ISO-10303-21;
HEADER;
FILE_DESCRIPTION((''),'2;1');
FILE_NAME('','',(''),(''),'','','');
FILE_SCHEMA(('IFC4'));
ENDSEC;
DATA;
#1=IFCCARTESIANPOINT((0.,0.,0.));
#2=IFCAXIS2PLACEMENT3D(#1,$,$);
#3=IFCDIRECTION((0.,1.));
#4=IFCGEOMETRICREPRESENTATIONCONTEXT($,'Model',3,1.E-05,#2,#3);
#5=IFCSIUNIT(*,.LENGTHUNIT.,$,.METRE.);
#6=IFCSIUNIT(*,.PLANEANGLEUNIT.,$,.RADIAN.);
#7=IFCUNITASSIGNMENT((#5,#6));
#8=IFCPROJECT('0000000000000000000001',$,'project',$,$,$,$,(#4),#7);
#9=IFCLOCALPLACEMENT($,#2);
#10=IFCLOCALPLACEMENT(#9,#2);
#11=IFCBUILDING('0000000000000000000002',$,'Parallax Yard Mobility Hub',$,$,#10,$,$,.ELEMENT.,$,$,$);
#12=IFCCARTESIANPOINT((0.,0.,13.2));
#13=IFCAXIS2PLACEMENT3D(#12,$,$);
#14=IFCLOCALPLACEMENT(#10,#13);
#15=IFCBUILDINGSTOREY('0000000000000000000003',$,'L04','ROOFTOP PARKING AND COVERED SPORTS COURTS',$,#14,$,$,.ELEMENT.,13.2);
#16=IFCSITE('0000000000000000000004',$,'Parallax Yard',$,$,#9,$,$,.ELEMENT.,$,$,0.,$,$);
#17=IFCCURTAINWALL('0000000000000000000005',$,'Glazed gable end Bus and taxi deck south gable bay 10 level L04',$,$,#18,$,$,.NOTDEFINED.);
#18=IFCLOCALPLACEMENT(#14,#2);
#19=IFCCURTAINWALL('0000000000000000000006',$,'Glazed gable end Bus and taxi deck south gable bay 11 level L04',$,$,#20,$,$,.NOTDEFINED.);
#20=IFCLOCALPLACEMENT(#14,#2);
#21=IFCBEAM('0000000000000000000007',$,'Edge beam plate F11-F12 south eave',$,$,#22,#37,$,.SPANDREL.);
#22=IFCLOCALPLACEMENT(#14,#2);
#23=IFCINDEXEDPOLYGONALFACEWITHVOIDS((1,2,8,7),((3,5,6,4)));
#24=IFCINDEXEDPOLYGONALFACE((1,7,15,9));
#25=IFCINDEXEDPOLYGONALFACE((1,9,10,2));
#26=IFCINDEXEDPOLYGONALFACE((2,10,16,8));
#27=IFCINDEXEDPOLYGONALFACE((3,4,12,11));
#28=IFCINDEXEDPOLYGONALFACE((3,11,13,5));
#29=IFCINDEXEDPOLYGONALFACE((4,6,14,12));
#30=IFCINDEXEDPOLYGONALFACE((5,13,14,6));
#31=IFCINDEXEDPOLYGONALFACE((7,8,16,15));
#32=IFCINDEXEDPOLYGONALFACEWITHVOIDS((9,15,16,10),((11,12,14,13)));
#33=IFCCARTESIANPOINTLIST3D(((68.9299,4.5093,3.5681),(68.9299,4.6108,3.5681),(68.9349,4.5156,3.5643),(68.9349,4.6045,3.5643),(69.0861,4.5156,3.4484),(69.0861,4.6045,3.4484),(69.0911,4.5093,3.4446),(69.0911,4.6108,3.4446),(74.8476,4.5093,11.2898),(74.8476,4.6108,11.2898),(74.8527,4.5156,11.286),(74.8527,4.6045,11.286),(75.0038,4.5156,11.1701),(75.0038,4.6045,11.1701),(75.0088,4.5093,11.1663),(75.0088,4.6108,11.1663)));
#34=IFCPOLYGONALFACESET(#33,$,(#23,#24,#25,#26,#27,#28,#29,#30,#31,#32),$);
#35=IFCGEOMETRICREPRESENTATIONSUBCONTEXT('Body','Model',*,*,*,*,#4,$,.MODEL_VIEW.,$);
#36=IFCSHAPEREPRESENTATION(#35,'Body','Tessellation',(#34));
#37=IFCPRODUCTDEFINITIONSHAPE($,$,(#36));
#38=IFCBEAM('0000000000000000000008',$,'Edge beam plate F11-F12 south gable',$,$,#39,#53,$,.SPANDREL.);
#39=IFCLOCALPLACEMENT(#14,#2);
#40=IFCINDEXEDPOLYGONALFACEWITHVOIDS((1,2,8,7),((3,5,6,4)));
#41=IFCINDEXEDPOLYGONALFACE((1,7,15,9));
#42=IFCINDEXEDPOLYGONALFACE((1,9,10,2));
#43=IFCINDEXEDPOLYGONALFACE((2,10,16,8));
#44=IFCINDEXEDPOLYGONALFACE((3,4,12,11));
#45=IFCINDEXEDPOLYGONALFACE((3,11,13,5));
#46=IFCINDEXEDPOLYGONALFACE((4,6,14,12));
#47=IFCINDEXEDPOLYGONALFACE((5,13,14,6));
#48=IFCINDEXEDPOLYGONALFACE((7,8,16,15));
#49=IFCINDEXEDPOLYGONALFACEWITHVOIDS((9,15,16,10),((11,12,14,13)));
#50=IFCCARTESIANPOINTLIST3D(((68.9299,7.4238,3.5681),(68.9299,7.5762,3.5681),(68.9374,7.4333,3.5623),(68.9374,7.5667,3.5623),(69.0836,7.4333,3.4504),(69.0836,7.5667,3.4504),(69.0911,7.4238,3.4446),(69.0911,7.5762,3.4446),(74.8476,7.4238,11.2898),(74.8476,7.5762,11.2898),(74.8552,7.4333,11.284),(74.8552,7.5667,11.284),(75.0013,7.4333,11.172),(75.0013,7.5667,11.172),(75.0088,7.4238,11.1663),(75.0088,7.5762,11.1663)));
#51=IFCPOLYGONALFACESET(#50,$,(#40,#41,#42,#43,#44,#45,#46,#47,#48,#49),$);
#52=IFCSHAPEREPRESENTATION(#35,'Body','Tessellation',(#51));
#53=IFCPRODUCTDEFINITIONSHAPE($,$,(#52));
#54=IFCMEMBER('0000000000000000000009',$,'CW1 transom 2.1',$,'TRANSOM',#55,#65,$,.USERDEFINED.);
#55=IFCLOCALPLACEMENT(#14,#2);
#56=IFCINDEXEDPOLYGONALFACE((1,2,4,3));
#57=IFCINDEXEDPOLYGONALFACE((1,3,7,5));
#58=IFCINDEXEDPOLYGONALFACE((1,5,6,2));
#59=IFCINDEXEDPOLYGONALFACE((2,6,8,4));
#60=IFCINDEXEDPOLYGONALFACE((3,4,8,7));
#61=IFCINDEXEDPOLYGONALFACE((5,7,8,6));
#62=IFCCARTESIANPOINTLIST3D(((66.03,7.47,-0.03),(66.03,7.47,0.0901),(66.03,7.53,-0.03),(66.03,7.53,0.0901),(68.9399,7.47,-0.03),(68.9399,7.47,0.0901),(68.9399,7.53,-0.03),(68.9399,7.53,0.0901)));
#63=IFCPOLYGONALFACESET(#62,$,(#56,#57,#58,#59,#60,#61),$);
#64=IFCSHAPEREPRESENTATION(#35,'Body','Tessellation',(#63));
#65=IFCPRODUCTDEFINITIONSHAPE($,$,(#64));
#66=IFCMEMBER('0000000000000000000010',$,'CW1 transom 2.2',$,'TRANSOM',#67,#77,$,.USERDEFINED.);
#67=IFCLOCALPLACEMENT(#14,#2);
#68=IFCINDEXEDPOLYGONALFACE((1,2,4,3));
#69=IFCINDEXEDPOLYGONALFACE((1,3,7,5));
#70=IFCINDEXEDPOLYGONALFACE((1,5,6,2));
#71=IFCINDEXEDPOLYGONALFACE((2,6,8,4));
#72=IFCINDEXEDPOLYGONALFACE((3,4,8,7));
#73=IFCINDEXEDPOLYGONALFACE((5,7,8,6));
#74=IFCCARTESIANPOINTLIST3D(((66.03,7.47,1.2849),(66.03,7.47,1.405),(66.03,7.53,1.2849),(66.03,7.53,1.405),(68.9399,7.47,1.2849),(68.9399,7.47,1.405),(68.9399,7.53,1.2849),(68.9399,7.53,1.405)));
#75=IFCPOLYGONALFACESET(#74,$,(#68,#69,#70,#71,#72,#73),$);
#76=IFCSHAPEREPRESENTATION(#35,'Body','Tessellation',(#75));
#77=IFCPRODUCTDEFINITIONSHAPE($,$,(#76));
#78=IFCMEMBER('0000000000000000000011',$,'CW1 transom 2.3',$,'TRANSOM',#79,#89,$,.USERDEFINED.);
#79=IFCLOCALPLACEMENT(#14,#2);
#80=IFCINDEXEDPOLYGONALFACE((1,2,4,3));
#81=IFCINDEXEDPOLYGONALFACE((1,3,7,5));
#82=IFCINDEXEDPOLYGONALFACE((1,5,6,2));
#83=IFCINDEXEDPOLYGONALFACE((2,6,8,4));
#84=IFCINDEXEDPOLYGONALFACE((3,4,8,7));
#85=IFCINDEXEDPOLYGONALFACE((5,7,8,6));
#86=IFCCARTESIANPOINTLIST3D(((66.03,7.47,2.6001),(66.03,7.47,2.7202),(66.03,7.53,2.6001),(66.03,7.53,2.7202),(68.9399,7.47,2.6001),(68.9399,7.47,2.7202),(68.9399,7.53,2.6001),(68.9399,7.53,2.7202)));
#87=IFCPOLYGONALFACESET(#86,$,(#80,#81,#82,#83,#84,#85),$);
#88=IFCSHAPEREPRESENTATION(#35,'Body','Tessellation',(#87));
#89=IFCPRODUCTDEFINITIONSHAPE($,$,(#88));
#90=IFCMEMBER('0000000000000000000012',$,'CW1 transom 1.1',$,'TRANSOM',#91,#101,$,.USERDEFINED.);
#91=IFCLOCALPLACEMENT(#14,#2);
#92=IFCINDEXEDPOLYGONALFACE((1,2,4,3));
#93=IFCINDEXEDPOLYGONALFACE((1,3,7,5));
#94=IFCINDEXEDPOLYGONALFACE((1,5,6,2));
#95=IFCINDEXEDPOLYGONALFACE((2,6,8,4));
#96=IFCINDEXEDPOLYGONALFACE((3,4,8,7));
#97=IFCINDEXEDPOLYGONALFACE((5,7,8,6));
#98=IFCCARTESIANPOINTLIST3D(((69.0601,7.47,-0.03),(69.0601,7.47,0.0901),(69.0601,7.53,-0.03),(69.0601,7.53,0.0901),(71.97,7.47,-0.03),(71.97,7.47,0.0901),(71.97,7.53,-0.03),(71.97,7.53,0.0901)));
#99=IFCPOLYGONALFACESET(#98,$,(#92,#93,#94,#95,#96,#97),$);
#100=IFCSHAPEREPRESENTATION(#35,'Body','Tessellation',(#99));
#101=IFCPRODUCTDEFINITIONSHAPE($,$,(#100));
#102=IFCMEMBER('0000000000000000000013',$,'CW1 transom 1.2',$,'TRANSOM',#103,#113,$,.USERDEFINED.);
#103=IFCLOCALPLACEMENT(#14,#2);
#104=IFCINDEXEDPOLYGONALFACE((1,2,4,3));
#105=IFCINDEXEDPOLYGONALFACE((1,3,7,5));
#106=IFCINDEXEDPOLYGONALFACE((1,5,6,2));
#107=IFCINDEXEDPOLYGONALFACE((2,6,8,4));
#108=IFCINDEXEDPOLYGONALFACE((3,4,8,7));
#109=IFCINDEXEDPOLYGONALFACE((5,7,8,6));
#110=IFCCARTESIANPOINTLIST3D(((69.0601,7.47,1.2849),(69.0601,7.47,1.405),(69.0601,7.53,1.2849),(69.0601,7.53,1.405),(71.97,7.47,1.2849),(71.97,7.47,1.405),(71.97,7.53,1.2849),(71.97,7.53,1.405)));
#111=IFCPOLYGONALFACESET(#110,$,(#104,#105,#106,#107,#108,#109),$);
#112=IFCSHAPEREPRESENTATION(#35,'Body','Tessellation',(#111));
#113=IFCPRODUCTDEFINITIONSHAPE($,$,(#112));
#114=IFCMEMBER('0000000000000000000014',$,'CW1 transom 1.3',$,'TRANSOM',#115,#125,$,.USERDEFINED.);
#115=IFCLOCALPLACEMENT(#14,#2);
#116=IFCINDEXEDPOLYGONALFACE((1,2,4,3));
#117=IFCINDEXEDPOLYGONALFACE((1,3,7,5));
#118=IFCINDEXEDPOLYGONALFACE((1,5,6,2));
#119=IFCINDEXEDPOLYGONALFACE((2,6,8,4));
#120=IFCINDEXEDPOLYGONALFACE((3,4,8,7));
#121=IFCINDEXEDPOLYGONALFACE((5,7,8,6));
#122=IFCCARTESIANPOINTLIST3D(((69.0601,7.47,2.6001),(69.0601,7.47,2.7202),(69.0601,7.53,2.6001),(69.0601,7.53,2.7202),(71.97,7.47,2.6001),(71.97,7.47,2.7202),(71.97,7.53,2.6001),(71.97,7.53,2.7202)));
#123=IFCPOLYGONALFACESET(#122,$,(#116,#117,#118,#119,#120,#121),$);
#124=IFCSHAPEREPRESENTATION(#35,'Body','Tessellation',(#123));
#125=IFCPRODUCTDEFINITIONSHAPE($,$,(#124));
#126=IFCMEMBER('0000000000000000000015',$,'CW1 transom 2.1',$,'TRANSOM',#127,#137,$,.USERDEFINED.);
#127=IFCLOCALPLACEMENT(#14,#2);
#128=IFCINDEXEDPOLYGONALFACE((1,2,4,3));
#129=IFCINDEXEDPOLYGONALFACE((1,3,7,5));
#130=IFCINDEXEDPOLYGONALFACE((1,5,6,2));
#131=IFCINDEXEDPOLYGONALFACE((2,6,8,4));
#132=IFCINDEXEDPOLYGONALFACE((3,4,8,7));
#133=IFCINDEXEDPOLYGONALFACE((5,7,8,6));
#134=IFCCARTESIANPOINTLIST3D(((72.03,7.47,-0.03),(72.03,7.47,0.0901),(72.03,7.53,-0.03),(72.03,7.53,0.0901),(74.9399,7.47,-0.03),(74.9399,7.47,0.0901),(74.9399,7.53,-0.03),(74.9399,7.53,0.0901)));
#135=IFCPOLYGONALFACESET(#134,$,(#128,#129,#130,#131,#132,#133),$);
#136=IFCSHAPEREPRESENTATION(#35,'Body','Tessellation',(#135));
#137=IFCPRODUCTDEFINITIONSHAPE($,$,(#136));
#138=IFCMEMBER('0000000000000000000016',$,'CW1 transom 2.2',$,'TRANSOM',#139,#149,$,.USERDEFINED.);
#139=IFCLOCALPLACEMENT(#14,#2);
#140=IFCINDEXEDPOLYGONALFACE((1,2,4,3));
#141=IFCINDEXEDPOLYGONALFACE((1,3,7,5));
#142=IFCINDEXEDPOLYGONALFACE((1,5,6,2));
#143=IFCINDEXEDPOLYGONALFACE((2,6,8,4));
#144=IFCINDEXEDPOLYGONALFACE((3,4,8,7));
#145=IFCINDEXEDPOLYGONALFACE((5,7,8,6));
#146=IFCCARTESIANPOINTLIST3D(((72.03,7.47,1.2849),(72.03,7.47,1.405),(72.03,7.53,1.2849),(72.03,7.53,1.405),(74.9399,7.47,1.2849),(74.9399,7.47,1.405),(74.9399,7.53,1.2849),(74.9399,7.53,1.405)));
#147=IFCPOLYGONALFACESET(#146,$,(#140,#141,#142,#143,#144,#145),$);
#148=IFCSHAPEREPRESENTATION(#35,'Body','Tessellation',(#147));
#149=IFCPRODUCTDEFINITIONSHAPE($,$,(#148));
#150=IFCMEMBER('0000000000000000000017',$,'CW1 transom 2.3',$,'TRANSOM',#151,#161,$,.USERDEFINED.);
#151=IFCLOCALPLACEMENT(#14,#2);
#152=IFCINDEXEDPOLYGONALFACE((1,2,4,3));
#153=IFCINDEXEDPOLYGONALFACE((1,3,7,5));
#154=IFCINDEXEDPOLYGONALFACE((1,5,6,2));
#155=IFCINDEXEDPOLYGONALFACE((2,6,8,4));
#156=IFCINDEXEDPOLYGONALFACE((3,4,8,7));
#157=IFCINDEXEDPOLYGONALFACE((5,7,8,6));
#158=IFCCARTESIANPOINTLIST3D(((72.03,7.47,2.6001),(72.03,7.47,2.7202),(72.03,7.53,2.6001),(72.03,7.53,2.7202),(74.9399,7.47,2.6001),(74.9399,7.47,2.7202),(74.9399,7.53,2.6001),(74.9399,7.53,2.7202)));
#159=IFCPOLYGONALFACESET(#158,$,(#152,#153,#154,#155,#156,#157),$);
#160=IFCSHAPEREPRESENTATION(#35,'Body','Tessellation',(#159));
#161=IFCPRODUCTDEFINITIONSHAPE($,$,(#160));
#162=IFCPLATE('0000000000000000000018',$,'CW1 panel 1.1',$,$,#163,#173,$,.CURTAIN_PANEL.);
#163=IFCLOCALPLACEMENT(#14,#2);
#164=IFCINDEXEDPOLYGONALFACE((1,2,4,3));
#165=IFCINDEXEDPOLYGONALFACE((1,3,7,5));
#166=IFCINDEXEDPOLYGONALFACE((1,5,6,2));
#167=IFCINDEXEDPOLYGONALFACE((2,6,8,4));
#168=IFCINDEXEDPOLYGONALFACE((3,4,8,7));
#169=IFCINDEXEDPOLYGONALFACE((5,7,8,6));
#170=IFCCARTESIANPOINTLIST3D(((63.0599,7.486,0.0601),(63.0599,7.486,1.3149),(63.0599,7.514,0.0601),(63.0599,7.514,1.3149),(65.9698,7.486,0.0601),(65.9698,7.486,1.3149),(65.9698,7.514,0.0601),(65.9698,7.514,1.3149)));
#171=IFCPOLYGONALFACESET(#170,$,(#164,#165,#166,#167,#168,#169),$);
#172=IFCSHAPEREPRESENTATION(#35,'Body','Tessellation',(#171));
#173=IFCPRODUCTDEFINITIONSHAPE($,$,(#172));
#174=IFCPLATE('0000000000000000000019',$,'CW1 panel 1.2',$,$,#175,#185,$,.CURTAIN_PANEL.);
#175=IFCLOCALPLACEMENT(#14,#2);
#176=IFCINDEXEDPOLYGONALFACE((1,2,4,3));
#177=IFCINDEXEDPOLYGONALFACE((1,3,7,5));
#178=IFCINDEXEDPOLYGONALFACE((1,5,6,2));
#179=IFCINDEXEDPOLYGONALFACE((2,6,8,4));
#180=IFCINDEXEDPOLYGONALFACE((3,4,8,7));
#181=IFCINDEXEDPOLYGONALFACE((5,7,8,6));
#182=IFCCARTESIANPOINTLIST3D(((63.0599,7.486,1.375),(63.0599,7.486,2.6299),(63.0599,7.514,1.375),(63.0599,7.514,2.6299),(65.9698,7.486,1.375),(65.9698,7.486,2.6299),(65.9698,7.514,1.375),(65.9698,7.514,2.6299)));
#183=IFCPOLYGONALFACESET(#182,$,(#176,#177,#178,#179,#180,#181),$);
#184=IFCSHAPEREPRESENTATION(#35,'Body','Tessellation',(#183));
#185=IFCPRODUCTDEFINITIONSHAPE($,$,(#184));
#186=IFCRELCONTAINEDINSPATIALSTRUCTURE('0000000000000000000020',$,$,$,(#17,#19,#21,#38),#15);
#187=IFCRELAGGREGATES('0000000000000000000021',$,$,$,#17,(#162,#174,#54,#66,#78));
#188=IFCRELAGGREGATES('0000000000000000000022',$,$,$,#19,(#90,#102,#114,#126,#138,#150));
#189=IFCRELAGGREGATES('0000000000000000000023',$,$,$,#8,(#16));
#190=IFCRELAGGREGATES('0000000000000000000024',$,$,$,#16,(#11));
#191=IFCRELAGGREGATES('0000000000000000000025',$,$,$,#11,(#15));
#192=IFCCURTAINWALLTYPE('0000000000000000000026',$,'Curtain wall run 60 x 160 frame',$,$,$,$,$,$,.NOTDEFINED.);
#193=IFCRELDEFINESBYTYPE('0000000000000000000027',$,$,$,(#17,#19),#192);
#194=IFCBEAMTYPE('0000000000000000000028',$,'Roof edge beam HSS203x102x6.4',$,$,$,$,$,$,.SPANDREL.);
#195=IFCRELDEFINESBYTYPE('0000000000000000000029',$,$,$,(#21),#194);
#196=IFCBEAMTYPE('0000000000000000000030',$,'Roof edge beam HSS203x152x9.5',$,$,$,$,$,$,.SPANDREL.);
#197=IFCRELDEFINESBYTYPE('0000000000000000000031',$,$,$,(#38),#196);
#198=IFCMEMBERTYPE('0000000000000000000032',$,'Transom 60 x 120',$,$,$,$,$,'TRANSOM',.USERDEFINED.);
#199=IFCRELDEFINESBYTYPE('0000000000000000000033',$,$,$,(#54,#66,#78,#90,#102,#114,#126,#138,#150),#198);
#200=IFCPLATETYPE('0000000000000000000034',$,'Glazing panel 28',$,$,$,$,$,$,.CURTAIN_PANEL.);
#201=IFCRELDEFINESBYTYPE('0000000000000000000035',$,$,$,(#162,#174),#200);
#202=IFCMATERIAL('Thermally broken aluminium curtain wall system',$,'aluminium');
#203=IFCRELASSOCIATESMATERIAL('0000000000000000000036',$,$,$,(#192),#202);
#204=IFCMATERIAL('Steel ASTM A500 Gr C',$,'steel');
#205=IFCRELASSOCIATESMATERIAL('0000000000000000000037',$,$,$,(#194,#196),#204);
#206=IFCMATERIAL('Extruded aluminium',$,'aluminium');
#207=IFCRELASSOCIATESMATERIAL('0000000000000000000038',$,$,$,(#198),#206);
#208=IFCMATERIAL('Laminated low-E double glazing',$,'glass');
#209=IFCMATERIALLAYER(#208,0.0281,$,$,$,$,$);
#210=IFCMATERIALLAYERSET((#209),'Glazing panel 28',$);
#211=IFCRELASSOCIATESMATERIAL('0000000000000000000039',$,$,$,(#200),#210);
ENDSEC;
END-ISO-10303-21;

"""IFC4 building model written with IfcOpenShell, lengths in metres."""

from ifc_helpers import new_model, si_unit, direction, frame, origin, origin_2d, place, context, subcontext, project, spatial, rectangle, hollow_rectangle, extrude, material, layer, layer_set, material_profile, profile_set, type_object, element, aggregate, save


model = new_model("IFC4")

# Units and contexts
model_context = context("Model", 3, precision=1e-05, world=origin(), true_north=direction((0.0, 1.0)))
body_context = subcontext(model_context, "Body", "Model", "MODEL_VIEW")
ifc_project = project(units=[si_unit("LENGTHUNIT", "METRE"), si_unit("PLANEANGLEUNIT", "RADIAN")], contexts=[model_context])

# Site, building, storey
site_placement = place(None, origin())
site = spatial("IfcSite", under=ifc_project, at=site_placement, Name="Parallax Yard", CompositionType="ELEMENT", RefElevation=0.0)
building_placement = place(site_placement, origin())
building = spatial("IfcBuilding", under=site, at=building_placement, Name="Parallax Yard Mobility Hub", CompositionType="ELEMENT")
storey_placement = place(building_placement, frame((0.0, 0.0, 13.2)))
storey = spatial("IfcBuildingStorey", under=building, at=storey_placement, Name="L04", Description="ROOFTOP PARKING AND COVERED SPORTS COURTS", CompositionType="ELEMENT", Elevation=13.2)

# Shared definitions
ifc_material_1 = material(Name="Steel ASTM A500 Gr C", Category="steel")

# Curtain walls
ifc_material_2 = material(Name="Thermally broken aluminium curtain wall system", Category="aluminium")
curtain_wall_type = type_object("IfcCurtainWallType", Name="Curtain wall run 60 x 160 frame", PredefinedType="NOTDEFINED", material=ifc_material_2)
curtain_wall_1_placement = place(storey_placement, origin())
curtain_wall_1 = element("IfcCurtainWall", 1, at=curtain_wall_1_placement, inside=storey, type_object=curtain_wall_type, Name="Glazed gable end Bus and taxi deck south gable bay 10 level L04", PredefinedType="NOTDEFINED")
ifc_material_3 = material(Name="Extruded aluminium", Category="aluminium")
curtain_wall_2_placement = place(storey_placement, origin())
curtain_wall_2 = element("IfcCurtainWall", 2, at=curtain_wall_2_placement, inside=storey, type_object=curtain_wall_type, Name="Glazed gable end Bus and taxi deck south gable bay 11 level L04", PredefinedType="NOTDEFINED")

# Beams
ifc_material_profile_1 = material_profile(ifc_material_1, hollow_rectangle(XDim=0.1016, YDim=0.2031, WallThickness=0.0063, at=origin_2d()), Name="HSS203x102x6.4")
ifc_profile_set_1 = profile_set([ifc_material_profile_1], Name="Steel ASTM A500 Gr C")
beam_type_1 = type_object("IfcBeamType", Name="Roof edge beam HSS203x102x6.4", PredefinedType="SPANDREL", material=ifc_profile_set_1)
beam_1_placement = place(storey_placement, frame((69.0105, 4.5601, 3.5063), z_axis=(0.608287, 0.0, 0.793717), x_axis=(0.0, 1.0, 0.0)))
element("IfcBeam", 3, at=beam_1_placement, inside=storey, type_object=beam_type_1, Name="Edge beam plate F11-F12 south eave", PredefinedType="SPANDREL", context=body_context, shape_type="SweptSolid", body=[
    extrude(hollow_rectangle(XDim=0.1016, YDim=0.2031, WallThickness=0.0063, at=origin_2d()), origin(), (0.0, 0.0, 1.0), 9.7285),
])
ifc_material_profile_2 = material_profile(ifc_material_1, hollow_rectangle(XDim=0.1523, YDim=0.2031, WallThickness=0.0095, at=origin_2d()), Name="HSS203x152x9.5")
ifc_profile_set_2 = profile_set([ifc_material_profile_2], Name="Steel ASTM A500 Gr C")
beam_type_2 = type_object("IfcBeamType", Name="Roof edge beam HSS203x152x9.5", PredefinedType="SPANDREL", material=ifc_profile_set_2)
beam_2_placement = place(storey_placement, frame((69.0105, 7.5, 3.5063), z_axis=(0.608287, 0.0, 0.793717), x_axis=(0.0, 1.0, 0.0)))
element("IfcBeam", 4, at=beam_2_placement, inside=storey, type_object=beam_type_2, Name="Edge beam plate F11-F12 south gable", PredefinedType="SPANDREL", context=body_context, shape_type="SweptSolid", body=[
    extrude(hollow_rectangle(XDim=0.1523, YDim=0.2031, WallThickness=0.0095, at=origin_2d()), origin(), (0.0, 0.0, 1.0), 9.7285),
])

# Members
ifc_material_profile_3 = material_profile(ifc_material_3, rectangle(XDim=0.0601, YDim=0.1201, at=origin_2d()), Name="Transom 60 x 120")
ifc_profile_set_3 = profile_set([ifc_material_profile_3], Name="Extruded aluminium")
member_type_1 = type_object("IfcMemberType", Name="Transom 60 x 120", ElementType="TRANSOM", PredefinedType="USERDEFINED", material=ifc_profile_set_3)
member_1_placement = place(storey_placement, frame((66.03, 7.5, 0.03), z_axis=(1.0, 0.0, 0.0), x_axis=(0.0, 1.0, 0.0)))
member_1 = element("IfcMember", 5, at=member_1_placement, type_object=member_type_1, Name="CW1 transom 2.1", ObjectType="TRANSOM", PredefinedType="USERDEFINED", context=body_context, shape_type="SweptSolid", body=[
    extrude(rectangle(XDim=0.0601, YDim=0.1201, at=origin_2d()), origin(), (0.0, 0.0, 1.0), 2.9099),
])
member_2_placement = place(storey_placement, frame((66.03, 7.5, 1.345), z_axis=(1.0, 0.0, 0.0), x_axis=(0.0, 1.0, 0.0)))
member_2 = element("IfcMember", 6, at=member_2_placement, type_object=member_type_1, Name="CW1 transom 2.2", ObjectType="TRANSOM", PredefinedType="USERDEFINED", context=body_context, shape_type="SweptSolid", body=[
    extrude(rectangle(XDim=0.0601, YDim=0.1201, at=origin_2d()), origin(), (0.0, 0.0, 1.0), 2.9099),
])
member_3_placement = place(storey_placement, frame((66.03, 7.5, 2.6602), z_axis=(1.0, 0.0, 0.0), x_axis=(0.0, 1.0, 0.0)))
member_3 = element("IfcMember", 7, at=member_3_placement, type_object=member_type_1, Name="CW1 transom 2.3", ObjectType="TRANSOM", PredefinedType="USERDEFINED", context=body_context, shape_type="SweptSolid", body=[
    extrude(rectangle(XDim=0.0601, YDim=0.1201, at=origin_2d()), origin(), (0.0, 0.0, 1.0), 2.9099),
])
member_4_placement = place(storey_placement, frame((69.0601, 7.5, 0.03), z_axis=(1.0, 0.0, 0.0), x_axis=(0.0, 1.0, 0.0)))
member_4 = element("IfcMember", 8, at=member_4_placement, type_object=member_type_1, Name="CW1 transom 1.1", ObjectType="TRANSOM", PredefinedType="USERDEFINED", context=body_context, shape_type="SweptSolid", body=[
    extrude(rectangle(XDim=0.0601, YDim=0.1201, at=origin_2d()), origin(), (0.0, 0.0, 1.0), 2.9099),
])
member_5_placement = place(storey_placement, frame((69.0601, 7.5, 1.345), z_axis=(1.0, 0.0, 0.0), x_axis=(0.0, 1.0, 0.0)))
member_5 = element("IfcMember", 9, at=member_5_placement, type_object=member_type_1, Name="CW1 transom 1.2", ObjectType="TRANSOM", PredefinedType="USERDEFINED", context=body_context, shape_type="SweptSolid", body=[
    extrude(rectangle(XDim=0.0601, YDim=0.1201, at=origin_2d()), origin(), (0.0, 0.0, 1.0), 2.9099),
])
member_6_placement = place(storey_placement, frame((69.0601, 7.5, 2.6602), z_axis=(1.0, 0.0, 0.0), x_axis=(0.0, 1.0, 0.0)))
member_6 = element("IfcMember", 10, at=member_6_placement, type_object=member_type_1, Name="CW1 transom 1.3", ObjectType="TRANSOM", PredefinedType="USERDEFINED", context=body_context, shape_type="SweptSolid", body=[
    extrude(rectangle(XDim=0.0601, YDim=0.1201, at=origin_2d()), origin(), (0.0, 0.0, 1.0), 2.9099),
])
member_7_placement = place(storey_placement, frame((72.03, 7.5, 0.03), z_axis=(1.0, 0.0, 0.0), x_axis=(0.0, 1.0, 0.0)))
member_7 = element("IfcMember", 11, at=member_7_placement, type_object=member_type_1, Name="CW1 transom 2.1", ObjectType="TRANSOM", PredefinedType="USERDEFINED", context=body_context, shape_type="SweptSolid", body=[
    extrude(rectangle(XDim=0.0601, YDim=0.1201, at=origin_2d()), origin(), (0.0, 0.0, 1.0), 2.9099),
])
member_8_placement = place(storey_placement, frame((72.03, 7.5, 1.345), z_axis=(1.0, 0.0, 0.0), x_axis=(0.0, 1.0, 0.0)))
member_8 = element("IfcMember", 12, at=member_8_placement, type_object=member_type_1, Name="CW1 transom 2.2", ObjectType="TRANSOM", PredefinedType="USERDEFINED", context=body_context, shape_type="SweptSolid", body=[
    extrude(rectangle(XDim=0.0601, YDim=0.1201, at=origin_2d()), origin(), (0.0, 0.0, 1.0), 2.9099),
])
member_9_placement = place(storey_placement, frame((72.03, 7.5, 2.6602), z_axis=(1.0, 0.0, 0.0), x_axis=(0.0, 1.0, 0.0)))
member_9 = element("IfcMember", 13, at=member_9_placement, type_object=member_type_1, Name="CW1 transom 2.3", ObjectType="TRANSOM", PredefinedType="USERDEFINED", context=body_context, shape_type="SweptSolid", body=[
    extrude(rectangle(XDim=0.0601, YDim=0.1201, at=origin_2d()), origin(), (0.0, 0.0, 1.0), 2.9099),
])

# Plates
ifc_material_4 = material(Name="Laminated low-E double glazing", Category="glass")
ifc_layer_1 = layer(ifc_material_4, 0.0281)
ifc_layer_set_1 = layer_set([ifc_layer_1], Name="Glazing panel 28")
plate_type = type_object("IfcPlateType", Name="Glazing panel 28", PredefinedType="CURTAIN_PANEL", material=ifc_layer_set_1)
plate_1_placement = place(storey_placement, frame((64.5149, 7.5, 0.0601), z_axis=(0.0, 0.0, 1.0), x_axis=(1.0, 0.0, 0.0)))
plate_1 = element("IfcPlate", 14, at=plate_1_placement, type_object=plate_type, Name="CW1 panel 1.1", PredefinedType="CURTAIN_PANEL", context=body_context, shape_type="SweptSolid", body=[
    extrude(rectangle(XDim=2.9099, YDim=0.0281, at=origin_2d()), origin(), (0.0, 0.0, 1.0), 1.2549),
])
plate_2_placement = place(storey_placement, frame((64.5149, 7.5, 1.375), z_axis=(0.0, 0.0, 1.0), x_axis=(1.0, 0.0, 0.0)))
plate_2 = element("IfcPlate", 15, at=plate_2_placement, type_object=plate_type, Name="CW1 panel 1.2", PredefinedType="CURTAIN_PANEL", context=body_context, shape_type="SweptSolid", body=[
    extrude(rectangle(XDim=2.9099, YDim=0.0281, at=origin_2d()), origin(), (0.0, 0.0, 1.0), 1.2549),
])
aggregate(curtain_wall_1, [plate_1, plate_2, member_1, member_2, member_3])
aggregate(curtain_wall_2, [member_4, member_5, member_6, member_7, member_8, member_9])

save(model, "model.ifc")
